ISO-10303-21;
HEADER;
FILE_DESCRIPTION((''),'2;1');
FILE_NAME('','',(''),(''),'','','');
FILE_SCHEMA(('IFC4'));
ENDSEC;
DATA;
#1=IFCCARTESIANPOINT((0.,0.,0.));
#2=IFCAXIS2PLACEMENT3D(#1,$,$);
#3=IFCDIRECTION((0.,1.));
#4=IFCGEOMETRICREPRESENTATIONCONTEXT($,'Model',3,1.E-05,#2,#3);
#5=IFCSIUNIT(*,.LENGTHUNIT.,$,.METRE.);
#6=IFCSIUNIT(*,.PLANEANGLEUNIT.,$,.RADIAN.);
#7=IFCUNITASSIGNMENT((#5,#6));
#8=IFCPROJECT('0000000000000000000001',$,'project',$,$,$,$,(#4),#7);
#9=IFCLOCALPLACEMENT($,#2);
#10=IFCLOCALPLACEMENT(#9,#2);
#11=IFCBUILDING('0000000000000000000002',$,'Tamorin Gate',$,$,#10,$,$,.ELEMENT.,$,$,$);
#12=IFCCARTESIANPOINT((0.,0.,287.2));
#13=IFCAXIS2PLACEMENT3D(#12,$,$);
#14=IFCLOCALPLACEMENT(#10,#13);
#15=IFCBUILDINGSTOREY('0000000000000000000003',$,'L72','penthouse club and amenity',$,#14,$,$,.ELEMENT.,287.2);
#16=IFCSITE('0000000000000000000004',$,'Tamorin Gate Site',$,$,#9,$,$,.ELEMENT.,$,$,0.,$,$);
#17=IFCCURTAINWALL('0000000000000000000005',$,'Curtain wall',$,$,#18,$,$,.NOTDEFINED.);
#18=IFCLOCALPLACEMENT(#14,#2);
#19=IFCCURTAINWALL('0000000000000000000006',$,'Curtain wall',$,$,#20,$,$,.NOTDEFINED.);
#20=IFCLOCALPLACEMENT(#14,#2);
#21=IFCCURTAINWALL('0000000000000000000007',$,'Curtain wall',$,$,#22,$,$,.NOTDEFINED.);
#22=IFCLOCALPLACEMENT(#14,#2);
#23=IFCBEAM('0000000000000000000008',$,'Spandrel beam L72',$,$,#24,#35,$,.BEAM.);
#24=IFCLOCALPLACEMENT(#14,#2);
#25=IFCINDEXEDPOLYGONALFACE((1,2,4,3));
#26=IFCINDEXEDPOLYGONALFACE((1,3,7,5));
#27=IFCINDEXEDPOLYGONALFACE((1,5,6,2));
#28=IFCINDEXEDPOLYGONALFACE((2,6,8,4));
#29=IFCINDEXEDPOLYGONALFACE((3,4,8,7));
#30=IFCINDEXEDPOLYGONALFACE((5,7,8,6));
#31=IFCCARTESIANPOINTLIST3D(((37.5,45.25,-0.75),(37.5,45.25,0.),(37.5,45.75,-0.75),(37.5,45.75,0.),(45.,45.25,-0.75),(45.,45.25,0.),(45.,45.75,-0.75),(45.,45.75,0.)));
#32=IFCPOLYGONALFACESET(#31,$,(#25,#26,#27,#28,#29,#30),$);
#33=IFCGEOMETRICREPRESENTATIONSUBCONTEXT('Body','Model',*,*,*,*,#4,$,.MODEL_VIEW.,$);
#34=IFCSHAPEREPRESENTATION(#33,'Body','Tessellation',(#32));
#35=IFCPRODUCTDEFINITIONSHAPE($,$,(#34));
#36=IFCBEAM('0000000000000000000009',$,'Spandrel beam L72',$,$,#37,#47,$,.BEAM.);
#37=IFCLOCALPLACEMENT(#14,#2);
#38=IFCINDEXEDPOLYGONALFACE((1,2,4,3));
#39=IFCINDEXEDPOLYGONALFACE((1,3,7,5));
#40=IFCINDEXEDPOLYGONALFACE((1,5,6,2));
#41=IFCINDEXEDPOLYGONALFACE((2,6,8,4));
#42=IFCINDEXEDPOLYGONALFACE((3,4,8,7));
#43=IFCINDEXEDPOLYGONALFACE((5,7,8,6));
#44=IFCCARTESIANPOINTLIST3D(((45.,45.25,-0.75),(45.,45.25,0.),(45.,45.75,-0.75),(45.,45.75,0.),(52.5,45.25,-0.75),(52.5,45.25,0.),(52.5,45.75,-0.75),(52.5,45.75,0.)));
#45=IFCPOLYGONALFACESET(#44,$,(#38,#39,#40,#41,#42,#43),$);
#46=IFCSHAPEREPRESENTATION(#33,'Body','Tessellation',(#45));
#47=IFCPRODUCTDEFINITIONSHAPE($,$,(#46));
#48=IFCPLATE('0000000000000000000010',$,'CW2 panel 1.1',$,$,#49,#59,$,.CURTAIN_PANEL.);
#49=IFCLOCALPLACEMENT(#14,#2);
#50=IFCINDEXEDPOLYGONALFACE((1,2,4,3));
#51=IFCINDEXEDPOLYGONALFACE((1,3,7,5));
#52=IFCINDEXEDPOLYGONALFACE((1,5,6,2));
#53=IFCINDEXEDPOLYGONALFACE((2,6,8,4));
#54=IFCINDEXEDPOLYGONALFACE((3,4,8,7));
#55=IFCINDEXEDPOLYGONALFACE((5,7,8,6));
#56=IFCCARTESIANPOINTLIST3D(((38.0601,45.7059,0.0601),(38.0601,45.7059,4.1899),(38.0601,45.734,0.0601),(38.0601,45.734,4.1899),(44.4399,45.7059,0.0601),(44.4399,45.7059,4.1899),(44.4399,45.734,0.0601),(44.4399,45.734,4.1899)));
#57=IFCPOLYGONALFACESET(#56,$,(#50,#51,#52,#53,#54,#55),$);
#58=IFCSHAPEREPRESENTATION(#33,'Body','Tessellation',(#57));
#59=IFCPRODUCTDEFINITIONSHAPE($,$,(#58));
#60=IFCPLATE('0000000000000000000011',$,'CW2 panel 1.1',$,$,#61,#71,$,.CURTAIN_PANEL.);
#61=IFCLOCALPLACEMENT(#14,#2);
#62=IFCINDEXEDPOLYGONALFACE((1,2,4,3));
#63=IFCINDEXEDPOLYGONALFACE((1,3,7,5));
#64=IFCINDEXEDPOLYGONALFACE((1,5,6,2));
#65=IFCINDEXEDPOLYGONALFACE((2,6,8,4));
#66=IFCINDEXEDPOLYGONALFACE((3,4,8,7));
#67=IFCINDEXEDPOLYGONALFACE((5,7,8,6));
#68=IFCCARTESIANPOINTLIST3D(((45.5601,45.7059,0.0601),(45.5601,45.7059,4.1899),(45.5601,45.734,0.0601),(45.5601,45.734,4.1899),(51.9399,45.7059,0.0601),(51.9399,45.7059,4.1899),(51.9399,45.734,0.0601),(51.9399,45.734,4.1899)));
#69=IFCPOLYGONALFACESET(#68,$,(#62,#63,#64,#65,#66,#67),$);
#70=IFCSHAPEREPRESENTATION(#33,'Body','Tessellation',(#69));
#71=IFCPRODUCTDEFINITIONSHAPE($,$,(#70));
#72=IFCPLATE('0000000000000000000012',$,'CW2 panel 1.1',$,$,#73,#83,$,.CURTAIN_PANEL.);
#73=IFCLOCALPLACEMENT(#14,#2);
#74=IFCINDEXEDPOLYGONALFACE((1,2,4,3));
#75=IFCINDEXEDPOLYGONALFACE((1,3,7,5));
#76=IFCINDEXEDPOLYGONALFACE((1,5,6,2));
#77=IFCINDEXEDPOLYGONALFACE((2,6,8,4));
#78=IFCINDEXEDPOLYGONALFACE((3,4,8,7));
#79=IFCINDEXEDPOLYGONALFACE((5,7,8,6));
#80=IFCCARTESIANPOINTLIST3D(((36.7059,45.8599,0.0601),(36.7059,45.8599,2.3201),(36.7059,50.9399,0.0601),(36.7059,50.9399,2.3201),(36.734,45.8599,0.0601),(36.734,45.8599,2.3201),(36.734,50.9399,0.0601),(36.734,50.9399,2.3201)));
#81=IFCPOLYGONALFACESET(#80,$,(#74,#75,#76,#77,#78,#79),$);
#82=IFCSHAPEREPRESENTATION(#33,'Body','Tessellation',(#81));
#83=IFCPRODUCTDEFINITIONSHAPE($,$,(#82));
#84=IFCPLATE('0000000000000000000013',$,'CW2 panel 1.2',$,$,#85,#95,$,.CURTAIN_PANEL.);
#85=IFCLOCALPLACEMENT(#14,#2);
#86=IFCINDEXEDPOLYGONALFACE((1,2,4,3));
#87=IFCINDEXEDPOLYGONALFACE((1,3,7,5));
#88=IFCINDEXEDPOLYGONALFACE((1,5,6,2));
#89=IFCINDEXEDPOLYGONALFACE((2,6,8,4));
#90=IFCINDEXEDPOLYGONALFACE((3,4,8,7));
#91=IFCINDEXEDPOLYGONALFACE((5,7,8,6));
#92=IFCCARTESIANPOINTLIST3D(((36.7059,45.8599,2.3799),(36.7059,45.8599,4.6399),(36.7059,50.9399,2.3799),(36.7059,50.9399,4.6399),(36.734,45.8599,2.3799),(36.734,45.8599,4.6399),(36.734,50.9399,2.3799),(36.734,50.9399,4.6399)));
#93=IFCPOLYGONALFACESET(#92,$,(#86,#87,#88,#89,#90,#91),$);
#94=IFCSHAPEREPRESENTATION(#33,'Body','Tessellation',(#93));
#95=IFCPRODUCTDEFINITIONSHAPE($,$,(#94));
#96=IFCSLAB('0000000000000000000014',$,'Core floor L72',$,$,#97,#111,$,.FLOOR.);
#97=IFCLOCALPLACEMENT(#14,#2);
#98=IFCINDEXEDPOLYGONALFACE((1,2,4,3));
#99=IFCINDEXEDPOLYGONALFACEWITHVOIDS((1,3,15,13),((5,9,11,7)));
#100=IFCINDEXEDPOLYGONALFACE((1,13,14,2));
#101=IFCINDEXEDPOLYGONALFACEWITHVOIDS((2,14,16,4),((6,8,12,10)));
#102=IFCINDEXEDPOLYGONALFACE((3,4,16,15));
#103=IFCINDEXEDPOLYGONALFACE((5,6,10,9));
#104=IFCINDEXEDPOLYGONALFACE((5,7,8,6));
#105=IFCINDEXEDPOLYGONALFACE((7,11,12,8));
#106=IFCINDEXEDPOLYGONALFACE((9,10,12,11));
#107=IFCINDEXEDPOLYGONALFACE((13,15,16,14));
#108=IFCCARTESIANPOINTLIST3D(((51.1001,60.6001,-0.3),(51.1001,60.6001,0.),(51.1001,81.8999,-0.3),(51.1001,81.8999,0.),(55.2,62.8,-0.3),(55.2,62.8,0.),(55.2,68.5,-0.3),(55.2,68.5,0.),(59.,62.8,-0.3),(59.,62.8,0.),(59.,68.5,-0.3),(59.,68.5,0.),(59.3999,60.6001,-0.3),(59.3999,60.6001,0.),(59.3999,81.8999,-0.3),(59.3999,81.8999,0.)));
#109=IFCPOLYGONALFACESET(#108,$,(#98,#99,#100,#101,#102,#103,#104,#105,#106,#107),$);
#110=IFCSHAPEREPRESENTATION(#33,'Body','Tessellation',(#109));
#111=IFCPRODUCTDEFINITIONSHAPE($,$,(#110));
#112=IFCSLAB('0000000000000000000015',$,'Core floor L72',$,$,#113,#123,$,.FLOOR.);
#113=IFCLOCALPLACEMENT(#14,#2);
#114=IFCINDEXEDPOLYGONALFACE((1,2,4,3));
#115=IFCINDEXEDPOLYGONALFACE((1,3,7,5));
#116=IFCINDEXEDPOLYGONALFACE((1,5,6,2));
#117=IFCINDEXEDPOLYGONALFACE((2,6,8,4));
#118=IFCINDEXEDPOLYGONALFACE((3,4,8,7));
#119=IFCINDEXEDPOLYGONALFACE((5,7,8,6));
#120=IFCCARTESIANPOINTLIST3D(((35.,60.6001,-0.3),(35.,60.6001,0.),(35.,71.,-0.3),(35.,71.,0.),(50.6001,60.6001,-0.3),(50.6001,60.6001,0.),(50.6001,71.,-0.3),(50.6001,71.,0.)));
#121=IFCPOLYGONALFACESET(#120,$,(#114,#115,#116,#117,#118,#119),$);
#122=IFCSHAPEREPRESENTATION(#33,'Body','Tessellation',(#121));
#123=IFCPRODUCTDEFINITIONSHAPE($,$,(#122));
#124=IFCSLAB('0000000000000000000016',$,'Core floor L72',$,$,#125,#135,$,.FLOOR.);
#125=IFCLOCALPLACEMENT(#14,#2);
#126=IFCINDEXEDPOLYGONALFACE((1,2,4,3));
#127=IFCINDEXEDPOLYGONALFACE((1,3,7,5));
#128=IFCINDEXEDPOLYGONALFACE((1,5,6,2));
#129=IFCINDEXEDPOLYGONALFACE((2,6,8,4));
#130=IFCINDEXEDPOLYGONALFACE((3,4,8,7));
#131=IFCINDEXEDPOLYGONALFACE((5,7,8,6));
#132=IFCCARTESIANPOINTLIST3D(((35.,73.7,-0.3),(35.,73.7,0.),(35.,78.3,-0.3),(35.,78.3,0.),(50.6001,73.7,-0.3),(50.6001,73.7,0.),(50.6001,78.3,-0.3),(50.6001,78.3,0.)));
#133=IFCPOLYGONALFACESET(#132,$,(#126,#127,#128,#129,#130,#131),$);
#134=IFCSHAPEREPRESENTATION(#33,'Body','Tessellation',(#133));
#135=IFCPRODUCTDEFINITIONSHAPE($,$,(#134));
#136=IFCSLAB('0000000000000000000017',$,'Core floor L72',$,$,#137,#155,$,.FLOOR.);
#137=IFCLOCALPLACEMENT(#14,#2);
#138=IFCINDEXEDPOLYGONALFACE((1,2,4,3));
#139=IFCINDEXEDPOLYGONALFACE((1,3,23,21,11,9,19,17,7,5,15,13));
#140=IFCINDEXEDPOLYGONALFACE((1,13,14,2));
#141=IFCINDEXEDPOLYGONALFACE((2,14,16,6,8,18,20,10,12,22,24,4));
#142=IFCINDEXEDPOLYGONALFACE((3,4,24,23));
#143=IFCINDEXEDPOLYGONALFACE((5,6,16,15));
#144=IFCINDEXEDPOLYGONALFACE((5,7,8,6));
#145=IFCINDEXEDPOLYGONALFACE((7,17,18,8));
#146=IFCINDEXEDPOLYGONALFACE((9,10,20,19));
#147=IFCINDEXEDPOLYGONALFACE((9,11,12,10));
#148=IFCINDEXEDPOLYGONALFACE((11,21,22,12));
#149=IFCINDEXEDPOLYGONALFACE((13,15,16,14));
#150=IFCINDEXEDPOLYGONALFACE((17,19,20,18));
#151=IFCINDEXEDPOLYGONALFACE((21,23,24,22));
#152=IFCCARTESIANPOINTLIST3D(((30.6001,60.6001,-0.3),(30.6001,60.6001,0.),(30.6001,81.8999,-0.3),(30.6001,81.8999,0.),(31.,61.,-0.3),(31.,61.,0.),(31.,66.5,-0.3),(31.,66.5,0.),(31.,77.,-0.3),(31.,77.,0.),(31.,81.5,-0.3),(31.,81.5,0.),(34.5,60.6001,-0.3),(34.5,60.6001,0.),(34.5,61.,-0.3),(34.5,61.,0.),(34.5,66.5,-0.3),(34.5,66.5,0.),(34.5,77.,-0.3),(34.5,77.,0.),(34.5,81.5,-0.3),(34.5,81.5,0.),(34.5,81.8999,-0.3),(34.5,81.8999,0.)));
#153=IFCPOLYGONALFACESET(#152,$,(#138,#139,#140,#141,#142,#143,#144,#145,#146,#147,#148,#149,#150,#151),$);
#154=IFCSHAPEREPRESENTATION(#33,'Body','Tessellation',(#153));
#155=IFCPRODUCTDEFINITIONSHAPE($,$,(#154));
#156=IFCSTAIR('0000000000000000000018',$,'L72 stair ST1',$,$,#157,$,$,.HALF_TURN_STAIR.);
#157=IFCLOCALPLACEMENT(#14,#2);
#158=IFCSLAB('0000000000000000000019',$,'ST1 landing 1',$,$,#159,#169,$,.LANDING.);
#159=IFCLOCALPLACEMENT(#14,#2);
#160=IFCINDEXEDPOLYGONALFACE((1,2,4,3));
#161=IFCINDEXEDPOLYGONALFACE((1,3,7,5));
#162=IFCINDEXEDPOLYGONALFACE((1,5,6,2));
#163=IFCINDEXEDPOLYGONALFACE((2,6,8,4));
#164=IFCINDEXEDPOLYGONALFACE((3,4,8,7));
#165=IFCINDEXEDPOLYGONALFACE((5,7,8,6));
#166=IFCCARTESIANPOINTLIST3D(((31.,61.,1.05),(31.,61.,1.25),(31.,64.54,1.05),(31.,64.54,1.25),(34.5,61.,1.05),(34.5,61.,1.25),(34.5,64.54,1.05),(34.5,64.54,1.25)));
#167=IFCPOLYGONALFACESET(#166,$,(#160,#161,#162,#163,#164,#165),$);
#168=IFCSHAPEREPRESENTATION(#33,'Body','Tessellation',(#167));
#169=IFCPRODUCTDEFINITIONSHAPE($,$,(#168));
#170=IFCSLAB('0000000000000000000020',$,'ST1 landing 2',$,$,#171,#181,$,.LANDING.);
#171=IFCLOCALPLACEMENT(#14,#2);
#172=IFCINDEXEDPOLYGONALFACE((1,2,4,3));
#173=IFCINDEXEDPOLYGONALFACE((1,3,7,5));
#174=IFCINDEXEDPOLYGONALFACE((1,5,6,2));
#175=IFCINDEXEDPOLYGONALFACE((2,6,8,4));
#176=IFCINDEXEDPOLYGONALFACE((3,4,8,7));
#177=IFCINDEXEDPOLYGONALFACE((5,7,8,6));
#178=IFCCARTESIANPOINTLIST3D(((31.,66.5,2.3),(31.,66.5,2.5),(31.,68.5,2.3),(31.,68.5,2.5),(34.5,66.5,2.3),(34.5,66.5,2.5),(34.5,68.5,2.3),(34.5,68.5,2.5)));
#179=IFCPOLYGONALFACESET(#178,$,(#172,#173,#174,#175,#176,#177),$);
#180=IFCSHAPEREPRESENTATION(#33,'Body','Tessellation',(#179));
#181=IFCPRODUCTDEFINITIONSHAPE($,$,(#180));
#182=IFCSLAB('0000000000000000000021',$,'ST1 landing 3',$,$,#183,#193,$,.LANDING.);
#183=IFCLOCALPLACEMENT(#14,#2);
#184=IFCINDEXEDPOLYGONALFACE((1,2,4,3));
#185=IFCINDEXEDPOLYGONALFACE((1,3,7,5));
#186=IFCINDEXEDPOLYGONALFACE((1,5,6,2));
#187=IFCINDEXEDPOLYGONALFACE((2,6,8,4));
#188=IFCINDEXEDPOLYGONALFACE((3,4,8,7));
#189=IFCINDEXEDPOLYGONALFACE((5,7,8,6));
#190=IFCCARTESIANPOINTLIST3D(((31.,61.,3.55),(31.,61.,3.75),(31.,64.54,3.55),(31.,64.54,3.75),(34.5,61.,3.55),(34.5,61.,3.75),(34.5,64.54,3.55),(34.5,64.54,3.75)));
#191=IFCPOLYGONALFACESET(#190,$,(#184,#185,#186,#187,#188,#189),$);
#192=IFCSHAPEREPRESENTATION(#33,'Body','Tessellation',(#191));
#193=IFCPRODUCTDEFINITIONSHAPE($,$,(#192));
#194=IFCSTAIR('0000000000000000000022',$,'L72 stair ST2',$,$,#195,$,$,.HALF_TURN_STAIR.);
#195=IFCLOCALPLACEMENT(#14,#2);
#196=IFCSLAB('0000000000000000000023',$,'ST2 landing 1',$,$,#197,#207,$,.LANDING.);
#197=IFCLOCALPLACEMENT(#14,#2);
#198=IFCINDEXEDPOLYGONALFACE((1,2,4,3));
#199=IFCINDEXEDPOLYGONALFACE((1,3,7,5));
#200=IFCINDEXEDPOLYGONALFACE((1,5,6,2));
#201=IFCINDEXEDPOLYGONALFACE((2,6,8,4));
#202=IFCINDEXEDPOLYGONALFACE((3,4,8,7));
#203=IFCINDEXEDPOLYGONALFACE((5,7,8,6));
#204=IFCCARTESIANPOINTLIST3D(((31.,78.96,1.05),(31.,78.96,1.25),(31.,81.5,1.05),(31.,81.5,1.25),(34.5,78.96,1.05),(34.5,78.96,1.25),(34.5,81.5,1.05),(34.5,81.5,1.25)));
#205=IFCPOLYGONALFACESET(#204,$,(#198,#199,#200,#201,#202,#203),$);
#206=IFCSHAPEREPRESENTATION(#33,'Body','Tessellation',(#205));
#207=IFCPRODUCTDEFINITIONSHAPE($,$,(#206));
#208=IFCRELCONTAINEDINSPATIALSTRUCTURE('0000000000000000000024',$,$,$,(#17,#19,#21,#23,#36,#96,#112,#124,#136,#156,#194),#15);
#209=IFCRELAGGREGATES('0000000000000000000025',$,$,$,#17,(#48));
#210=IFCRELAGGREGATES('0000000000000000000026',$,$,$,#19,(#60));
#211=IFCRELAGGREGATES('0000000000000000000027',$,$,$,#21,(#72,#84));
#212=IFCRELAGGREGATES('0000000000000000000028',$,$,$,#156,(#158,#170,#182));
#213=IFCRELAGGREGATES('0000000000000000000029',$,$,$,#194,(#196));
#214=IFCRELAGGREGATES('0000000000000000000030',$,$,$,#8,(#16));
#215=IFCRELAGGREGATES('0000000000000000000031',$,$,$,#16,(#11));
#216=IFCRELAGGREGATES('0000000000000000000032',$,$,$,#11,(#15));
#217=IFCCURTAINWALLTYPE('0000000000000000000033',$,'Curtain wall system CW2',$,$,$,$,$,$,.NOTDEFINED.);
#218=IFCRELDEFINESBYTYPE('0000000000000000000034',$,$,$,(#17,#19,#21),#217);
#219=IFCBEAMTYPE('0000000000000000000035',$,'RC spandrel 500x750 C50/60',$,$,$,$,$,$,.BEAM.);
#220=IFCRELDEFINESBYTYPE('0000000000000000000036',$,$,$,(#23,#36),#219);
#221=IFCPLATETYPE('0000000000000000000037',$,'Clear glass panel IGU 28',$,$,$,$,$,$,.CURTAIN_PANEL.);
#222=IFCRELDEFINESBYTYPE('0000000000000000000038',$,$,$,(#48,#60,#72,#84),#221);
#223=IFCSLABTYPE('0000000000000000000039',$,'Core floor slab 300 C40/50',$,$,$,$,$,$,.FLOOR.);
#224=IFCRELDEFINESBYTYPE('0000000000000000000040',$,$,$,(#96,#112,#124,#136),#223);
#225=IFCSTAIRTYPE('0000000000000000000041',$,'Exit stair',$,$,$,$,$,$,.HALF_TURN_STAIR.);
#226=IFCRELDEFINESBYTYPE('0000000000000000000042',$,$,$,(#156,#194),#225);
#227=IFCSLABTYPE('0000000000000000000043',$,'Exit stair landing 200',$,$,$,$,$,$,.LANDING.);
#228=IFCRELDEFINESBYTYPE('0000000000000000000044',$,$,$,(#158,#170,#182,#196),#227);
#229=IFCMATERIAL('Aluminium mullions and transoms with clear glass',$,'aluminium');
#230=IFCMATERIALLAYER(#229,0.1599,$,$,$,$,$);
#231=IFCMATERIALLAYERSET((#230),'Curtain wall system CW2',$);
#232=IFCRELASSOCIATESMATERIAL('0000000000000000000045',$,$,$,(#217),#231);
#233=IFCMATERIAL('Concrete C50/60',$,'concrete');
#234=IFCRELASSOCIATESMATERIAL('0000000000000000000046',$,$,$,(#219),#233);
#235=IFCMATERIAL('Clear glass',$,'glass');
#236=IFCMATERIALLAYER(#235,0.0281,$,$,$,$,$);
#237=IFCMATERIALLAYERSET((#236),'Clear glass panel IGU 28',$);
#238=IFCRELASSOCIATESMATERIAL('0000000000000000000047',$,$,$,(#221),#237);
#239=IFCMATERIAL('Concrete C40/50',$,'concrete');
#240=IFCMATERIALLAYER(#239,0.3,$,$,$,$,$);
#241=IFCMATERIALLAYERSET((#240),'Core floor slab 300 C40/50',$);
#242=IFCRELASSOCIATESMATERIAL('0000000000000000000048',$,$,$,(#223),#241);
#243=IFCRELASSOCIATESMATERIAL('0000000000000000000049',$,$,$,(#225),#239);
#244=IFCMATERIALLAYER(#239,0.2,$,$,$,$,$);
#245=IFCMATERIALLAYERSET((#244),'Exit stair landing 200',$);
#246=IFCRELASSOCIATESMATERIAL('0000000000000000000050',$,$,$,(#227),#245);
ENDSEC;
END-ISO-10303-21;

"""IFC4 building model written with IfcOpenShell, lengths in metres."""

from ifc_helpers import new_model, si_unit, direction, frame, origin, origin_2d, place, context, subcontext, project, spatial, polyline, rectangle, outline, extrude, material, layer, layer_set, material_profile, profile_set, type_object, element, aggregate, save


model = new_model("IFC4")

# Units and contexts
model_context = context("Model", 3, precision=1e-05, world=origin(), true_north=direction((0.0, 1.0)))
body_context = subcontext(model_context, "Body", "Model", "MODEL_VIEW")
ifc_project = project(units=[si_unit("LENGTHUNIT", "METRE"), si_unit("PLANEANGLEUNIT", "RADIAN")], contexts=[model_context])

# Site, building, storey
site_placement = place(None, origin())
site = spatial("IfcSite", under=ifc_project, at=site_placement, Name="Tamorin Gate Site", CompositionType="ELEMENT", RefElevation=0.0)
building_placement = place(site_placement, origin())
building = spatial("IfcBuilding", under=site, at=building_placement, Name="Tamorin Gate", CompositionType="ELEMENT")
storey_placement = place(building_placement, frame((0.0, 0.0, 287.2)))
storey = spatial("IfcBuildingStorey", under=building, at=storey_placement, Name="L72", Description="penthouse club and amenity", CompositionType="ELEMENT", Elevation=287.2)

# Shared definitions
ifc_material_1 = material(Name="Concrete C50/60", Category="concrete")

# Curtain wall
ifc_material_2 = material(Name="Aluminium mullions and transoms with clear glass", Category="aluminium")
ifc_layer_1 = layer(ifc_material_2, 0.1599)
ifc_layer_set_1 = layer_set([ifc_layer_1], Name="Curtain wall system CW2")
curtain_wall_type = type_object("IfcCurtainWallType", Name="Curtain wall system CW2", PredefinedType="NOTDEFINED", material=ifc_layer_set_1)
curtain_wall_1_placement = place(storey_placement, origin())
curtain_wall_1 = element("IfcCurtainWall", 1, at=curtain_wall_1_placement, inside=storey, type_object=curtain_wall_type, Name="Curtain wall", PredefinedType="NOTDEFINED")

# Curtain wall
curtain_wall_2_placement = place(storey_placement, origin())
curtain_wall_2 = element("IfcCurtainWall", 2, at=curtain_wall_2_placement, inside=storey, type_object=curtain_wall_type, Name="Curtain wall", PredefinedType="NOTDEFINED")

# Curtain wall
curtain_wall_3_placement = place(storey_placement, origin())
curtain_wall_3 = element("IfcCurtainWall", 3, at=curtain_wall_3_placement, inside=storey, type_object=curtain_wall_type, Name="Curtain wall", PredefinedType="NOTDEFINED")

# Beams
ifc_material_profile_1 = material_profile(ifc_material_1, rectangle(XDim=0.5, YDim=0.75, at=origin_2d()), Name="RC 500x750")
ifc_profile_set_1 = profile_set([ifc_material_profile_1], Name="Concrete C50/60")
beam_type = type_object("IfcBeamType", Name="RC spandrel 500x750 C50/60", PredefinedType="BEAM", material=ifc_profile_set_1)
for number, where, z_axis, x_axis, name in (
    (4, (37.5, 45.5, -0.375), (1.0, 0.0, 0.0), (0.0, 1.0, 0.0), "Spandrel beam L72"),
    (5, (45.0, 45.5, -0.375), (1.0, 0.0, 0.0), (0.0, 1.0, 0.0), "Spandrel beam L72"),
):
    element("IfcBeam", number, at=place(storey_placement, frame(where, z_axis=z_axis, x_axis=x_axis)), inside=storey, type_object=beam_type, Name=name, PredefinedType="BEAM", context=body_context, shape_type="SweptSolid", body=[
        extrude(rectangle(XDim=0.5, YDim=0.75, at=origin_2d()), origin(), (0.0, 0.0, 1.0), 7.5),
    ])

# Plates
ifc_material_3 = material(Name="Clear glass", Category="glass")
ifc_layer_2 = layer(ifc_material_3, 0.0281)
ifc_layer_set_2 = layer_set([ifc_layer_2], Name="Clear glass panel IGU 28")
plate_type = type_object("IfcPlateType", Name="Clear glass panel IGU 28", PredefinedType="CURTAIN_PANEL", material=ifc_layer_set_2)
plate_1_placement = place(storey_placement, frame((41.25, 45.72, 0.0601), z_axis=(0.0, 0.0, 1.0), x_axis=(1.0, 0.0, 0.0)))
plate_1 = element("IfcPlate", 6, at=plate_1_placement, type_object=plate_type, Name="CW2 panel 1.1", PredefinedType="CURTAIN_PANEL", context=body_context, shape_type="SweptSolid", body=[
    extrude(rectangle(XDim=6.3799, YDim=0.0281, at=origin_2d()), origin(), (0.0, 0.0, 1.0), 4.1299),
])
aggregate(curtain_wall_1, [plate_1])
plate_2_placement = place(storey_placement, frame((48.75, 45.72, 0.0601), z_axis=(0.0, 0.0, 1.0), x_axis=(1.0, 0.0, 0.0)))
plate_2 = element("IfcPlate", 7, at=plate_2_placement, type_object=plate_type, Name="CW2 panel 1.1", PredefinedType="CURTAIN_PANEL", context=body_context, shape_type="SweptSolid", body=[
    extrude(rectangle(XDim=6.3799, YDim=0.0281, at=origin_2d()), origin(), (0.0, 0.0, 1.0), 4.1299),
])
aggregate(curtain_wall_2, [plate_2])
plate_3_placement = place(storey_placement, frame((36.72, 48.3999, 0.0601), z_axis=(0.0, 0.0, 1.0), x_axis=(0.0, -1.0, 0.0)))
plate_3 = element("IfcPlate", 8, at=plate_3_placement, type_object=plate_type, Name="CW2 panel 1.1", PredefinedType="CURTAIN_PANEL", context=body_context, shape_type="SweptSolid", body=[
    extrude(rectangle(XDim=5.0801, YDim=0.0281, at=origin_2d()), origin(), (0.0, 0.0, 1.0), 2.26),
])
plate_4_placement = place(storey_placement, frame((36.72, 48.3999, 2.3799), z_axis=(0.0, 0.0, 1.0), x_axis=(0.0, -1.0, 0.0)))
plate_4 = element("IfcPlate", 9, at=plate_4_placement, type_object=plate_type, Name="CW2 panel 1.2", PredefinedType="CURTAIN_PANEL", context=body_context, shape_type="SweptSolid", body=[
    extrude(rectangle(XDim=5.0801, YDim=0.0281, at=origin_2d()), origin(), (0.0, 0.0, 1.0), 2.26),
])
aggregate(curtain_wall_3, [plate_3, plate_4])

# Slabs
ifc_material_4 = material(Name="Concrete C40/50", Category="concrete")
ifc_layer_3 = layer(ifc_material_4, 0.3)
ifc_layer_set_3 = layer_set([ifc_layer_3], Name="Core floor slab 300 C40/50")
slab_type_1 = type_object("IfcSlabType", Name="Core floor slab 300 C40/50", PredefinedType="FLOOR", material=ifc_layer_set_3)
slab_1_placement = place(storey_placement, frame((0.0, 0.0, -0.3)))
element("IfcSlab", 10, at=slab_1_placement, inside=storey, type_object=slab_type_1, Name="Core floor L72", PredefinedType="FLOOR", context=body_context, shape_type="SweptSolid", body=[
    extrude(outline(polyline([(51.1001, 81.8999), (59.3999, 81.8999), (59.3999, 60.6001), (51.1001, 60.6001), (51.1001, 81.8999)]), holes=[polyline([(55.2, 62.8), (59.0, 62.8), (59.0, 68.5), (55.2, 68.5), (55.2, 62.8)])]), origin(), (0.0, 0.0, 1.0), 0.3),
])
slab_2_placement = place(storey_placement, frame((0.0, 0.0, -0.3)))
element("IfcSlab", 11, at=slab_2_placement, inside=storey, type_object=slab_type_1, Name="Core floor L72", PredefinedType="FLOOR", context=body_context, shape_type="SweptSolid", body=[
    extrude(outline(polyline([(50.6001, 71.0), (50.6001, 60.6001), (35.0, 60.6001), (35.0, 71.0), (50.6001, 71.0)])), origin(), (0.0, 0.0, 1.0), 0.3),
])
slab_3_placement = place(storey_placement, frame((0.0, 0.0, -0.3)))
element("IfcSlab", 12, at=slab_3_placement, inside=storey, type_object=slab_type_1, Name="Core floor L72", PredefinedType="FLOOR", context=body_context, shape_type="SweptSolid", body=[
    extrude(outline(polyline([(50.6001, 73.7), (35.0, 73.7), (35.0, 78.3), (50.6001, 78.3), (50.6001, 73.7)])), origin(), (0.0, 0.0, 1.0), 0.3),
])
slab_4_placement = place(storey_placement, frame((0.0, 0.0, -0.3)))
element("IfcSlab", 13, at=slab_4_placement, inside=storey, type_object=slab_type_1, Name="Core floor L72", PredefinedType="FLOOR", context=body_context, shape_type="SweptSolid", body=[
    extrude(outline(polyline([(34.5, 60.6001), (30.6001, 60.6001), (30.6001, 81.8999), (34.5, 81.8999), (34.5, 81.5), (31.0, 81.5), (31.0, 77.0), (34.5, 77.0), (34.5, 66.5), (31.0, 66.5), (31.0, 61.0), (34.5, 61.0), (34.5, 60.6001)])), origin(), (0.0, 0.0, 1.0), 0.3),
])

# Stairs, slabs
stair_type = type_object("IfcStairType", Name="Exit stair", PredefinedType="HALF_TURN_STAIR", material=ifc_material_4)
stair_1_placement = place(storey_placement, origin())
stair_1 = element("IfcStair", 14, at=stair_1_placement, inside=storey, type_object=stair_type, Name="L72 stair ST1", PredefinedType="HALF_TURN_STAIR")
ifc_layer_4 = layer(ifc_material_4, 0.2)
ifc_layer_set_4 = layer_set([ifc_layer_4], Name="Exit stair landing 200")
slab_type_2 = type_object("IfcSlabType", Name="Exit stair landing 200", PredefinedType="LANDING", material=ifc_layer_set_4)
slab_5_placement = place(storey_placement, frame((0.0, 0.0, 1.05)))
slab_5 = element("IfcSlab", 15, at=slab_5_placement, type_object=slab_type_2, Name="ST1 landing 1", PredefinedType="LANDING", context=body_context, shape_type="SweptSolid", body=[
    extrude(outline(polyline([(31.0, 64.54), (31.0, 61.0), (34.5, 61.0), (34.5, 64.54), (31.0, 64.54)])), origin(), (0.0, 0.0, 1.0), 0.2),
])
slab_6_placement = place(storey_placement, frame((0.0, 0.0, 2.3)))
slab_6 = element("IfcSlab", 16, at=slab_6_placement, type_object=slab_type_2, Name="ST1 landing 2", PredefinedType="LANDING", context=body_context, shape_type="SweptSolid", body=[
    extrude(outline(polyline([(31.0, 68.5), (31.0, 66.5), (34.5, 66.5), (34.5, 68.5), (31.0, 68.5)])), origin(), (0.0, 0.0, 1.0), 0.2),
])
slab_7_placement = place(storey_placement, frame((0.0, 0.0, 3.55)))
slab_7 = element("IfcSlab", 17, at=slab_7_placement, type_object=slab_type_2, Name="ST1 landing 3", PredefinedType="LANDING", context=body_context, shape_type="SweptSolid", body=[
    extrude(outline(polyline([(31.0, 64.54), (31.0, 61.0), (34.5, 61.0), (34.5, 64.54), (31.0, 64.54)])), origin(), (0.0, 0.0, 1.0), 0.2),
])
aggregate(stair_1, [slab_5, slab_6, slab_7])
stair_2_placement = place(storey_placement, origin())
stair_2 = element("IfcStair", 18, at=stair_2_placement, inside=storey, type_object=stair_type, Name="L72 stair ST2", PredefinedType="HALF_TURN_STAIR")
slab_8_placement = place(storey_placement, frame((0.0, 0.0, 1.05)))
slab_8 = element("IfcSlab", 19, at=slab_8_placement, type_object=slab_type_2, Name="ST2 landing 1", PredefinedType="LANDING", context=body_context, shape_type="SweptSolid", body=[
    extrude(outline(polyline([(34.5, 78.96), (34.5, 81.5), (31.0, 81.5), (31.0, 78.96), (34.5, 78.96)])), origin(), (0.0, 0.0, 1.0), 0.2),
])
aggregate(stair_2, [slab_8])

save(model, "model.ifc")
